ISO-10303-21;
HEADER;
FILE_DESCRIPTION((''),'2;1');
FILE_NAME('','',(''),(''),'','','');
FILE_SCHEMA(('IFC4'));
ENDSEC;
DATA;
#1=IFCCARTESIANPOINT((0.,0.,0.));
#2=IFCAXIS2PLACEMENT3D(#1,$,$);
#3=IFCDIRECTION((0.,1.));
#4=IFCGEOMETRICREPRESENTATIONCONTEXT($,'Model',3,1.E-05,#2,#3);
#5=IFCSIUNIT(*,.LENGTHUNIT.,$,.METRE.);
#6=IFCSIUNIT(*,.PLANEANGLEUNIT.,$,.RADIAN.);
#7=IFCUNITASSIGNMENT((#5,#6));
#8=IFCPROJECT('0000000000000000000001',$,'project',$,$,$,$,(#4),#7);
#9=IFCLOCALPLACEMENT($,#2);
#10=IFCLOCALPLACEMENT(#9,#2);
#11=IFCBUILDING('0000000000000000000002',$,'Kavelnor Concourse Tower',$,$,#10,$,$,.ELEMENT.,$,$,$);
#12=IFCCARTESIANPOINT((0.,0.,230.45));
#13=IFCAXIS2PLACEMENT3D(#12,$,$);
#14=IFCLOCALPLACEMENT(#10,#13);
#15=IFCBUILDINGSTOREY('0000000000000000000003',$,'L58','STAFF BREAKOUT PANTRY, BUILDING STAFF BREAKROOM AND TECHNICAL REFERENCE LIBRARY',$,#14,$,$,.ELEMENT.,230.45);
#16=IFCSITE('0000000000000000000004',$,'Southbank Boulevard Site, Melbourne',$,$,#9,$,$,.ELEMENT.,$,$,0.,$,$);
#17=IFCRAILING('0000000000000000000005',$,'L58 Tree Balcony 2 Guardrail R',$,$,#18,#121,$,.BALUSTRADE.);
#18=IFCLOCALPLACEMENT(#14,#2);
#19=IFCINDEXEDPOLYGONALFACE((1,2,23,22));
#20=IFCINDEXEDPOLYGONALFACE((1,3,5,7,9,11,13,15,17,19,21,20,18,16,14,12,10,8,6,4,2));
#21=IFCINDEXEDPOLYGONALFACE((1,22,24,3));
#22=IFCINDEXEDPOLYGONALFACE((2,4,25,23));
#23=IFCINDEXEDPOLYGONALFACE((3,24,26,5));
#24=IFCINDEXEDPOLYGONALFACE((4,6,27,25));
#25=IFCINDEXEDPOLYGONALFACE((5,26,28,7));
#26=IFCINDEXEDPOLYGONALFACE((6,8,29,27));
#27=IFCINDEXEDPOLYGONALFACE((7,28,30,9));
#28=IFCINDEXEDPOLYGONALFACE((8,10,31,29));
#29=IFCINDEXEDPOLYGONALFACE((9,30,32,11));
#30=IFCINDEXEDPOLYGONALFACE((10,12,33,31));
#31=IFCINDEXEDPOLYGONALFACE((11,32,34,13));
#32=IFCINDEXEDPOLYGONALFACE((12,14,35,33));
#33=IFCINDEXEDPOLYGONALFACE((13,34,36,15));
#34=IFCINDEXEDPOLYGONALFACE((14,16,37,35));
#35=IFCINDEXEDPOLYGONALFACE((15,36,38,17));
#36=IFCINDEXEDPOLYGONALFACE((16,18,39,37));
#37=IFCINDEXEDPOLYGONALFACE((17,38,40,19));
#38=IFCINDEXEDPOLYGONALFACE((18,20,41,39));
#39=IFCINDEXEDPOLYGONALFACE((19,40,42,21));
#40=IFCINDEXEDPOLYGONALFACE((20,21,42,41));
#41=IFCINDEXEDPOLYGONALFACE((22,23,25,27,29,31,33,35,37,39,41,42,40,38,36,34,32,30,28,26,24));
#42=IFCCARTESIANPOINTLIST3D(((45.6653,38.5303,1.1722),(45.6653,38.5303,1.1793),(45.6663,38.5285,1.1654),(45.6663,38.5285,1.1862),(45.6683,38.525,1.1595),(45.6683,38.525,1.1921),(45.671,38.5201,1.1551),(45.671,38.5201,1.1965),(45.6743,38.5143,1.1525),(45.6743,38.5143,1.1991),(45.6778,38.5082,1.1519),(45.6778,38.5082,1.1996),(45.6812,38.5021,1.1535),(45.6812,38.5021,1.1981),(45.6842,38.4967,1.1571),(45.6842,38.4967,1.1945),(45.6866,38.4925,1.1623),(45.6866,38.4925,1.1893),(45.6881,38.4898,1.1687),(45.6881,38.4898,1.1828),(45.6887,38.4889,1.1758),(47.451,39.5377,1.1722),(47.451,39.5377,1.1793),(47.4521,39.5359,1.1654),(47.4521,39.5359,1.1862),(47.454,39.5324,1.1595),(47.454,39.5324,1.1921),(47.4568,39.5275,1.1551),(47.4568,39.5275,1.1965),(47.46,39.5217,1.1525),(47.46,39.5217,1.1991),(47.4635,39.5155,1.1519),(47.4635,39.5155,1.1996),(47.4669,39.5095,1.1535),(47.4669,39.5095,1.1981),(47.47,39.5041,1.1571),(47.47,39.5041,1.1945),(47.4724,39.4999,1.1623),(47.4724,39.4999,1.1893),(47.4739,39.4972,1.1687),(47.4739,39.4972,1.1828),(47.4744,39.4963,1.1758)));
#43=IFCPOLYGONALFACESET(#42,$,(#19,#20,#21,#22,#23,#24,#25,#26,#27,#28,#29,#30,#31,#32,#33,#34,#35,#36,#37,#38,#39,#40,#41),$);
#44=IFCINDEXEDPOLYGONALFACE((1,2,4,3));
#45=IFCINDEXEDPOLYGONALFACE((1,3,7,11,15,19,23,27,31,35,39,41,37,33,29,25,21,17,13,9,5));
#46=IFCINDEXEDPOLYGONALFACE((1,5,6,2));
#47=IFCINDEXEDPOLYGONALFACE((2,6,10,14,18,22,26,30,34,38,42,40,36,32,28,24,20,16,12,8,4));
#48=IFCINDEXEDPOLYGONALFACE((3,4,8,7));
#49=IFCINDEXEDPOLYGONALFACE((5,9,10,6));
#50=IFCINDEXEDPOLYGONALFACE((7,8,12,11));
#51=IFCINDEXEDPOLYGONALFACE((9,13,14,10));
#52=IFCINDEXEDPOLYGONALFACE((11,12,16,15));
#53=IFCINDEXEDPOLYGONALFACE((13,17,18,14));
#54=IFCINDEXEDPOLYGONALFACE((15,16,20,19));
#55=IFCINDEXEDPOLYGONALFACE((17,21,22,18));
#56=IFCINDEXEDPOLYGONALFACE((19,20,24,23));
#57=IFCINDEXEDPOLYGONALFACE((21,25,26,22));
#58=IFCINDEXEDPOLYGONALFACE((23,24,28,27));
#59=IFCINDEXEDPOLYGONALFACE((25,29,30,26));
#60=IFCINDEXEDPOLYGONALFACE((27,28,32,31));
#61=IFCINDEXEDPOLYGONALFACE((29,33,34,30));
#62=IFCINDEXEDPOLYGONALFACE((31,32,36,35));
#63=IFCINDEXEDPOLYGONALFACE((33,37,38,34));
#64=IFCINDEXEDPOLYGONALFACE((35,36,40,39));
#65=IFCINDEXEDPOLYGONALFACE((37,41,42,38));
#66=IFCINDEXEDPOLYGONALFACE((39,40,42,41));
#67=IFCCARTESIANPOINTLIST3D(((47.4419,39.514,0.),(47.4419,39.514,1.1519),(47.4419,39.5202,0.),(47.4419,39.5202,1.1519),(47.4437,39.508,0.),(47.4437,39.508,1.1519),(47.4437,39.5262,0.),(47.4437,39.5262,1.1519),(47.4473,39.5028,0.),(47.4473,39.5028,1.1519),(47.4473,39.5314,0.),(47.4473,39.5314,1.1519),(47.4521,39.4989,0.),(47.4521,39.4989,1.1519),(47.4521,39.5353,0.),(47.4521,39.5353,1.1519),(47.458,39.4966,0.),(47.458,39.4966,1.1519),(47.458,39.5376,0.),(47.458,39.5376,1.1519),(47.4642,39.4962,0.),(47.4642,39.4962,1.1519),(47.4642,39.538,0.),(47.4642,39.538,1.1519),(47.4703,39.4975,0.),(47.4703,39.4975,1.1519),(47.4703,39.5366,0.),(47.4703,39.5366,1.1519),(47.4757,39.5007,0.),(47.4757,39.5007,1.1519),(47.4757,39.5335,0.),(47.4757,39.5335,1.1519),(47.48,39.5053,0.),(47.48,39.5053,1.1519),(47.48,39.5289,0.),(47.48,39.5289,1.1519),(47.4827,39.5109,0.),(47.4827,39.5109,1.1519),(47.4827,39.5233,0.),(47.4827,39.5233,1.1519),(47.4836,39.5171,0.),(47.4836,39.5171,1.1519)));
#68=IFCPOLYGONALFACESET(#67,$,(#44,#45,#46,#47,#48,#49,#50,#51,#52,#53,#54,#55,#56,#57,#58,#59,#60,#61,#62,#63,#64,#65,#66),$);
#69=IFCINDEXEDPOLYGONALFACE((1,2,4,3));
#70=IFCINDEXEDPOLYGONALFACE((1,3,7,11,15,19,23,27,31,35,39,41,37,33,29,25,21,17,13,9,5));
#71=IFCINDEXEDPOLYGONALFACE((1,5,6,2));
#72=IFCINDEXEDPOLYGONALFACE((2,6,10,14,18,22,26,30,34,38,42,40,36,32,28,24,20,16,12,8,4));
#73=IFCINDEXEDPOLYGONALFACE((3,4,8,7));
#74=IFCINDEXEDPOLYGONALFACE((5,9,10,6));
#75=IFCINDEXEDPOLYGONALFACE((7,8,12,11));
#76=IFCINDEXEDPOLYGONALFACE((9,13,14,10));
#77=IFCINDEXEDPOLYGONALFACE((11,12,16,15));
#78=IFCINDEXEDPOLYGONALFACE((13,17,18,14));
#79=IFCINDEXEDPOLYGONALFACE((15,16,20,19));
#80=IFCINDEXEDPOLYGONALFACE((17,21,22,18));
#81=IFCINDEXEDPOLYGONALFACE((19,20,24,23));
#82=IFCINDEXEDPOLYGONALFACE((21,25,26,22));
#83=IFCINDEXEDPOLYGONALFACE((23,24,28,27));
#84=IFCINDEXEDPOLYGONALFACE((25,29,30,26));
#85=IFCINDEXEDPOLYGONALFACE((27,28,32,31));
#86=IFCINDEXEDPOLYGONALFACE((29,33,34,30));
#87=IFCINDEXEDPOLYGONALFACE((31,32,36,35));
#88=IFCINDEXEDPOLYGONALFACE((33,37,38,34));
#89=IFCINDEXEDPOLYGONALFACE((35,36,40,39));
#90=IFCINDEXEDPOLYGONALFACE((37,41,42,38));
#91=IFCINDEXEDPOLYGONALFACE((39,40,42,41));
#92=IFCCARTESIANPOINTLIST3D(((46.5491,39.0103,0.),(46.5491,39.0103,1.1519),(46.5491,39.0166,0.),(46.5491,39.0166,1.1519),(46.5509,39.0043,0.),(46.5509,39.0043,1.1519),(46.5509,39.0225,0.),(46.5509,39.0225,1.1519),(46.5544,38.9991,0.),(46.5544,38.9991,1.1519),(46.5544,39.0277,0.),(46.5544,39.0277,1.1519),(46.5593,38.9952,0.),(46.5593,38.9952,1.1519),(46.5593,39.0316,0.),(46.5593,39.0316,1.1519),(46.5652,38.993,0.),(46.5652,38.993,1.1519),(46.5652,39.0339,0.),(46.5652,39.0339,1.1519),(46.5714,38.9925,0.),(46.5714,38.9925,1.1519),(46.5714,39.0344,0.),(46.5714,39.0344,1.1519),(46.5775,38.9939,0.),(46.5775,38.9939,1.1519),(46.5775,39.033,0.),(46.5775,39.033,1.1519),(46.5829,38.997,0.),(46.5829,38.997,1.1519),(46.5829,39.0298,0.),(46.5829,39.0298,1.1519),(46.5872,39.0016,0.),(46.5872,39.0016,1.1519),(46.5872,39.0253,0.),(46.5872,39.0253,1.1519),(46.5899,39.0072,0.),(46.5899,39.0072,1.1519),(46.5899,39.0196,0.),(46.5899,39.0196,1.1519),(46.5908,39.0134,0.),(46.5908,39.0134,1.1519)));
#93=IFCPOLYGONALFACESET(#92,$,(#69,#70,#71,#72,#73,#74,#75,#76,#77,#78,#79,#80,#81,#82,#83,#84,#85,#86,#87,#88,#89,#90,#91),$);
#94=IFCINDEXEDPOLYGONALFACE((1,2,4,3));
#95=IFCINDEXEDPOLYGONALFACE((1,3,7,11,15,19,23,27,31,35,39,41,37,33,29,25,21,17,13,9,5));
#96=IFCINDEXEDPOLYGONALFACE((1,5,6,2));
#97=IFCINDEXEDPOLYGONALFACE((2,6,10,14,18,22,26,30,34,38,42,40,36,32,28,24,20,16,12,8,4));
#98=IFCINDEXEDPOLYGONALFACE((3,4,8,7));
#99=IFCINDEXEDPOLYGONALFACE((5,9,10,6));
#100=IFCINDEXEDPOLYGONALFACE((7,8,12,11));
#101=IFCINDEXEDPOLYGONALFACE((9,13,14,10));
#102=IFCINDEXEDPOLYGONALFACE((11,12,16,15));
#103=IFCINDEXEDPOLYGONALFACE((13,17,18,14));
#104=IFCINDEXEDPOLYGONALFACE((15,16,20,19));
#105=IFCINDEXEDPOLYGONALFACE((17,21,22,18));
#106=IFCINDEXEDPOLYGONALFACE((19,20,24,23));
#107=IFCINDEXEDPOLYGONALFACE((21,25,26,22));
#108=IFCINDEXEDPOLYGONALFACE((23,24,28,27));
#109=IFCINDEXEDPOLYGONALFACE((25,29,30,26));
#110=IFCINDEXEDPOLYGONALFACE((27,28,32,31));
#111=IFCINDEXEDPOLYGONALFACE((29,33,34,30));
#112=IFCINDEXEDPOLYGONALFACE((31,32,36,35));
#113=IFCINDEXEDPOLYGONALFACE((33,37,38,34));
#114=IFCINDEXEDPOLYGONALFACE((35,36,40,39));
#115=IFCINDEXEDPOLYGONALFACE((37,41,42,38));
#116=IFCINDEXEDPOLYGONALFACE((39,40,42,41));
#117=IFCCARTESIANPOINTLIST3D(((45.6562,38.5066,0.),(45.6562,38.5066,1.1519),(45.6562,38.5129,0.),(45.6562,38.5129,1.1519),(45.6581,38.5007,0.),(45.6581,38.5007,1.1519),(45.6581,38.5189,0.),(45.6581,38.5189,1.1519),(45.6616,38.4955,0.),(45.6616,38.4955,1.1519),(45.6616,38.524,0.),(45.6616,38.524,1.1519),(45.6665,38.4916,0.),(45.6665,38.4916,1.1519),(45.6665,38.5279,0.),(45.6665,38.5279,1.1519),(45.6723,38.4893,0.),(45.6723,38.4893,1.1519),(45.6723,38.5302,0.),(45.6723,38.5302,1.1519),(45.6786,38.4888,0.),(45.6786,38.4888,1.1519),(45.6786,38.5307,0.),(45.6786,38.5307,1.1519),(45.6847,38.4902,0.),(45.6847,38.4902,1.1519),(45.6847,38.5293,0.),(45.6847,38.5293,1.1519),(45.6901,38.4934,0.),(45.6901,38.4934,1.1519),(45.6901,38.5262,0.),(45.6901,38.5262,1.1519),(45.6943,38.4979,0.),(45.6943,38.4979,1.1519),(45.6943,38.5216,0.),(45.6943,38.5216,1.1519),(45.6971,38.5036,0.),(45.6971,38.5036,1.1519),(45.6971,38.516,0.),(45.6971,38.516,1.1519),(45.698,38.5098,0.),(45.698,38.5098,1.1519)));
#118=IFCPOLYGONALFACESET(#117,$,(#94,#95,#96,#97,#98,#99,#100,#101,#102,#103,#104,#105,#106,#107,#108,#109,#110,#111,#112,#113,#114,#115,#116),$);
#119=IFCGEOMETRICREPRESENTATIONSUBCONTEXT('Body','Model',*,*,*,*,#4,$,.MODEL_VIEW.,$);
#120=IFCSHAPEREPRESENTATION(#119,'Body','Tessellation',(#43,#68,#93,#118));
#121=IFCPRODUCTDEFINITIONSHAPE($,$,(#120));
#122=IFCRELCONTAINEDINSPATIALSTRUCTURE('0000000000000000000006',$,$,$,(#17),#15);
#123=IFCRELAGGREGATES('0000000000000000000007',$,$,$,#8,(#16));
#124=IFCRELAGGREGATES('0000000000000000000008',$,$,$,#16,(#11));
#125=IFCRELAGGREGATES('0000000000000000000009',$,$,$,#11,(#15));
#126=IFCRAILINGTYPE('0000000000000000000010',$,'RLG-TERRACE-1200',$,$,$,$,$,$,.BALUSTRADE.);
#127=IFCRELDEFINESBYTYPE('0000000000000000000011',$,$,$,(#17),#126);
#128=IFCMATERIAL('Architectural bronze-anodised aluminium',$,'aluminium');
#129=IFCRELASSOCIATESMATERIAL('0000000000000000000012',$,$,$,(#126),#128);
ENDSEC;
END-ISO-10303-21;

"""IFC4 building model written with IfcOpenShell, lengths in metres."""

from ifc_helpers import new_model, si_unit, direction, frame, origin, origin_2d, place, context, subcontext, project, spatial, circle, extrude, material, type_object, element, save


model = new_model("IFC4")

# Units and contexts
model_context = context("Model", 3, precision=1e-05, world=origin(), true_north=direction((0.0, 1.0)))
body_context = subcontext(model_context, "Body", "Model", "MODEL_VIEW")
ifc_project = project(units=[si_unit("LENGTHUNIT", "METRE"), si_unit("PLANEANGLEUNIT", "RADIAN")], contexts=[model_context])

# Site, building, storey
site_placement = place(None, origin())
site = spatial("IfcSite", under=ifc_project, at=site_placement, Name="Southbank Boulevard Site, Melbourne", CompositionType="ELEMENT", RefElevation=0.0)
building_placement = place(site_placement, origin())
building = spatial("IfcBuilding", under=site, at=building_placement, Name="Kavelnor Concourse Tower", CompositionType="ELEMENT")
storey_placement = place(building_placement, frame((0.0, 0.0, 230.45)))
storey = spatial("IfcBuildingStorey", under=building, at=storey_placement, Name="L58", Description="STAFF BREAKOUT PANTRY, BUILDING STAFF BREAKROOM AND TECHNICAL REFERENCE LIBRARY", CompositionType="ELEMENT", Elevation=230.45)

# Railing
ifc_material_1 = material(Name="Architectural bronze-anodised aluminium", Category="aluminium")
railing_type = type_object("IfcRailingType", Name="RLG-TERRACE-1200", PredefinedType="BALUSTRADE", material=ifc_material_1)
railing_1_placement = place(storey_placement, frame((47.4626, 39.5171, 0.0)))
element("IfcRailing", 1, at=railing_1_placement, inside=storey, type_object=railing_type, Name="L58 Tree Balcony 2 Guardrail R", PredefinedType="BALUSTRADE", context=body_context, shape_type="SweptSolid", body=[
    extrude(circle(Radius=0.0239, at=origin_2d()), frame((0.0, 0.0, 1.1758), z_axis=(-0.870971, -0.491335, 0.0), x_axis=(0.491335, -0.870971, 0.0)), (0.0, 0.0, 1.0), 2.0503),
    extrude(circle(Radius=0.021, at=origin_2d()), origin(), (0.0, 0.0, 1.0), 1.1519),
    extrude(circle(Radius=0.021, at=origin_2d()), frame((-0.8928, -0.5037, 0.0)), (0.0, 0.0, 1.0), 1.1519),
    extrude(circle(Radius=0.021, at=origin_2d()), frame((-1.7856, -1.0073, 0.0)), (0.0, 0.0, 1.0), 1.1519),
])

save(model, "model.ifc")
